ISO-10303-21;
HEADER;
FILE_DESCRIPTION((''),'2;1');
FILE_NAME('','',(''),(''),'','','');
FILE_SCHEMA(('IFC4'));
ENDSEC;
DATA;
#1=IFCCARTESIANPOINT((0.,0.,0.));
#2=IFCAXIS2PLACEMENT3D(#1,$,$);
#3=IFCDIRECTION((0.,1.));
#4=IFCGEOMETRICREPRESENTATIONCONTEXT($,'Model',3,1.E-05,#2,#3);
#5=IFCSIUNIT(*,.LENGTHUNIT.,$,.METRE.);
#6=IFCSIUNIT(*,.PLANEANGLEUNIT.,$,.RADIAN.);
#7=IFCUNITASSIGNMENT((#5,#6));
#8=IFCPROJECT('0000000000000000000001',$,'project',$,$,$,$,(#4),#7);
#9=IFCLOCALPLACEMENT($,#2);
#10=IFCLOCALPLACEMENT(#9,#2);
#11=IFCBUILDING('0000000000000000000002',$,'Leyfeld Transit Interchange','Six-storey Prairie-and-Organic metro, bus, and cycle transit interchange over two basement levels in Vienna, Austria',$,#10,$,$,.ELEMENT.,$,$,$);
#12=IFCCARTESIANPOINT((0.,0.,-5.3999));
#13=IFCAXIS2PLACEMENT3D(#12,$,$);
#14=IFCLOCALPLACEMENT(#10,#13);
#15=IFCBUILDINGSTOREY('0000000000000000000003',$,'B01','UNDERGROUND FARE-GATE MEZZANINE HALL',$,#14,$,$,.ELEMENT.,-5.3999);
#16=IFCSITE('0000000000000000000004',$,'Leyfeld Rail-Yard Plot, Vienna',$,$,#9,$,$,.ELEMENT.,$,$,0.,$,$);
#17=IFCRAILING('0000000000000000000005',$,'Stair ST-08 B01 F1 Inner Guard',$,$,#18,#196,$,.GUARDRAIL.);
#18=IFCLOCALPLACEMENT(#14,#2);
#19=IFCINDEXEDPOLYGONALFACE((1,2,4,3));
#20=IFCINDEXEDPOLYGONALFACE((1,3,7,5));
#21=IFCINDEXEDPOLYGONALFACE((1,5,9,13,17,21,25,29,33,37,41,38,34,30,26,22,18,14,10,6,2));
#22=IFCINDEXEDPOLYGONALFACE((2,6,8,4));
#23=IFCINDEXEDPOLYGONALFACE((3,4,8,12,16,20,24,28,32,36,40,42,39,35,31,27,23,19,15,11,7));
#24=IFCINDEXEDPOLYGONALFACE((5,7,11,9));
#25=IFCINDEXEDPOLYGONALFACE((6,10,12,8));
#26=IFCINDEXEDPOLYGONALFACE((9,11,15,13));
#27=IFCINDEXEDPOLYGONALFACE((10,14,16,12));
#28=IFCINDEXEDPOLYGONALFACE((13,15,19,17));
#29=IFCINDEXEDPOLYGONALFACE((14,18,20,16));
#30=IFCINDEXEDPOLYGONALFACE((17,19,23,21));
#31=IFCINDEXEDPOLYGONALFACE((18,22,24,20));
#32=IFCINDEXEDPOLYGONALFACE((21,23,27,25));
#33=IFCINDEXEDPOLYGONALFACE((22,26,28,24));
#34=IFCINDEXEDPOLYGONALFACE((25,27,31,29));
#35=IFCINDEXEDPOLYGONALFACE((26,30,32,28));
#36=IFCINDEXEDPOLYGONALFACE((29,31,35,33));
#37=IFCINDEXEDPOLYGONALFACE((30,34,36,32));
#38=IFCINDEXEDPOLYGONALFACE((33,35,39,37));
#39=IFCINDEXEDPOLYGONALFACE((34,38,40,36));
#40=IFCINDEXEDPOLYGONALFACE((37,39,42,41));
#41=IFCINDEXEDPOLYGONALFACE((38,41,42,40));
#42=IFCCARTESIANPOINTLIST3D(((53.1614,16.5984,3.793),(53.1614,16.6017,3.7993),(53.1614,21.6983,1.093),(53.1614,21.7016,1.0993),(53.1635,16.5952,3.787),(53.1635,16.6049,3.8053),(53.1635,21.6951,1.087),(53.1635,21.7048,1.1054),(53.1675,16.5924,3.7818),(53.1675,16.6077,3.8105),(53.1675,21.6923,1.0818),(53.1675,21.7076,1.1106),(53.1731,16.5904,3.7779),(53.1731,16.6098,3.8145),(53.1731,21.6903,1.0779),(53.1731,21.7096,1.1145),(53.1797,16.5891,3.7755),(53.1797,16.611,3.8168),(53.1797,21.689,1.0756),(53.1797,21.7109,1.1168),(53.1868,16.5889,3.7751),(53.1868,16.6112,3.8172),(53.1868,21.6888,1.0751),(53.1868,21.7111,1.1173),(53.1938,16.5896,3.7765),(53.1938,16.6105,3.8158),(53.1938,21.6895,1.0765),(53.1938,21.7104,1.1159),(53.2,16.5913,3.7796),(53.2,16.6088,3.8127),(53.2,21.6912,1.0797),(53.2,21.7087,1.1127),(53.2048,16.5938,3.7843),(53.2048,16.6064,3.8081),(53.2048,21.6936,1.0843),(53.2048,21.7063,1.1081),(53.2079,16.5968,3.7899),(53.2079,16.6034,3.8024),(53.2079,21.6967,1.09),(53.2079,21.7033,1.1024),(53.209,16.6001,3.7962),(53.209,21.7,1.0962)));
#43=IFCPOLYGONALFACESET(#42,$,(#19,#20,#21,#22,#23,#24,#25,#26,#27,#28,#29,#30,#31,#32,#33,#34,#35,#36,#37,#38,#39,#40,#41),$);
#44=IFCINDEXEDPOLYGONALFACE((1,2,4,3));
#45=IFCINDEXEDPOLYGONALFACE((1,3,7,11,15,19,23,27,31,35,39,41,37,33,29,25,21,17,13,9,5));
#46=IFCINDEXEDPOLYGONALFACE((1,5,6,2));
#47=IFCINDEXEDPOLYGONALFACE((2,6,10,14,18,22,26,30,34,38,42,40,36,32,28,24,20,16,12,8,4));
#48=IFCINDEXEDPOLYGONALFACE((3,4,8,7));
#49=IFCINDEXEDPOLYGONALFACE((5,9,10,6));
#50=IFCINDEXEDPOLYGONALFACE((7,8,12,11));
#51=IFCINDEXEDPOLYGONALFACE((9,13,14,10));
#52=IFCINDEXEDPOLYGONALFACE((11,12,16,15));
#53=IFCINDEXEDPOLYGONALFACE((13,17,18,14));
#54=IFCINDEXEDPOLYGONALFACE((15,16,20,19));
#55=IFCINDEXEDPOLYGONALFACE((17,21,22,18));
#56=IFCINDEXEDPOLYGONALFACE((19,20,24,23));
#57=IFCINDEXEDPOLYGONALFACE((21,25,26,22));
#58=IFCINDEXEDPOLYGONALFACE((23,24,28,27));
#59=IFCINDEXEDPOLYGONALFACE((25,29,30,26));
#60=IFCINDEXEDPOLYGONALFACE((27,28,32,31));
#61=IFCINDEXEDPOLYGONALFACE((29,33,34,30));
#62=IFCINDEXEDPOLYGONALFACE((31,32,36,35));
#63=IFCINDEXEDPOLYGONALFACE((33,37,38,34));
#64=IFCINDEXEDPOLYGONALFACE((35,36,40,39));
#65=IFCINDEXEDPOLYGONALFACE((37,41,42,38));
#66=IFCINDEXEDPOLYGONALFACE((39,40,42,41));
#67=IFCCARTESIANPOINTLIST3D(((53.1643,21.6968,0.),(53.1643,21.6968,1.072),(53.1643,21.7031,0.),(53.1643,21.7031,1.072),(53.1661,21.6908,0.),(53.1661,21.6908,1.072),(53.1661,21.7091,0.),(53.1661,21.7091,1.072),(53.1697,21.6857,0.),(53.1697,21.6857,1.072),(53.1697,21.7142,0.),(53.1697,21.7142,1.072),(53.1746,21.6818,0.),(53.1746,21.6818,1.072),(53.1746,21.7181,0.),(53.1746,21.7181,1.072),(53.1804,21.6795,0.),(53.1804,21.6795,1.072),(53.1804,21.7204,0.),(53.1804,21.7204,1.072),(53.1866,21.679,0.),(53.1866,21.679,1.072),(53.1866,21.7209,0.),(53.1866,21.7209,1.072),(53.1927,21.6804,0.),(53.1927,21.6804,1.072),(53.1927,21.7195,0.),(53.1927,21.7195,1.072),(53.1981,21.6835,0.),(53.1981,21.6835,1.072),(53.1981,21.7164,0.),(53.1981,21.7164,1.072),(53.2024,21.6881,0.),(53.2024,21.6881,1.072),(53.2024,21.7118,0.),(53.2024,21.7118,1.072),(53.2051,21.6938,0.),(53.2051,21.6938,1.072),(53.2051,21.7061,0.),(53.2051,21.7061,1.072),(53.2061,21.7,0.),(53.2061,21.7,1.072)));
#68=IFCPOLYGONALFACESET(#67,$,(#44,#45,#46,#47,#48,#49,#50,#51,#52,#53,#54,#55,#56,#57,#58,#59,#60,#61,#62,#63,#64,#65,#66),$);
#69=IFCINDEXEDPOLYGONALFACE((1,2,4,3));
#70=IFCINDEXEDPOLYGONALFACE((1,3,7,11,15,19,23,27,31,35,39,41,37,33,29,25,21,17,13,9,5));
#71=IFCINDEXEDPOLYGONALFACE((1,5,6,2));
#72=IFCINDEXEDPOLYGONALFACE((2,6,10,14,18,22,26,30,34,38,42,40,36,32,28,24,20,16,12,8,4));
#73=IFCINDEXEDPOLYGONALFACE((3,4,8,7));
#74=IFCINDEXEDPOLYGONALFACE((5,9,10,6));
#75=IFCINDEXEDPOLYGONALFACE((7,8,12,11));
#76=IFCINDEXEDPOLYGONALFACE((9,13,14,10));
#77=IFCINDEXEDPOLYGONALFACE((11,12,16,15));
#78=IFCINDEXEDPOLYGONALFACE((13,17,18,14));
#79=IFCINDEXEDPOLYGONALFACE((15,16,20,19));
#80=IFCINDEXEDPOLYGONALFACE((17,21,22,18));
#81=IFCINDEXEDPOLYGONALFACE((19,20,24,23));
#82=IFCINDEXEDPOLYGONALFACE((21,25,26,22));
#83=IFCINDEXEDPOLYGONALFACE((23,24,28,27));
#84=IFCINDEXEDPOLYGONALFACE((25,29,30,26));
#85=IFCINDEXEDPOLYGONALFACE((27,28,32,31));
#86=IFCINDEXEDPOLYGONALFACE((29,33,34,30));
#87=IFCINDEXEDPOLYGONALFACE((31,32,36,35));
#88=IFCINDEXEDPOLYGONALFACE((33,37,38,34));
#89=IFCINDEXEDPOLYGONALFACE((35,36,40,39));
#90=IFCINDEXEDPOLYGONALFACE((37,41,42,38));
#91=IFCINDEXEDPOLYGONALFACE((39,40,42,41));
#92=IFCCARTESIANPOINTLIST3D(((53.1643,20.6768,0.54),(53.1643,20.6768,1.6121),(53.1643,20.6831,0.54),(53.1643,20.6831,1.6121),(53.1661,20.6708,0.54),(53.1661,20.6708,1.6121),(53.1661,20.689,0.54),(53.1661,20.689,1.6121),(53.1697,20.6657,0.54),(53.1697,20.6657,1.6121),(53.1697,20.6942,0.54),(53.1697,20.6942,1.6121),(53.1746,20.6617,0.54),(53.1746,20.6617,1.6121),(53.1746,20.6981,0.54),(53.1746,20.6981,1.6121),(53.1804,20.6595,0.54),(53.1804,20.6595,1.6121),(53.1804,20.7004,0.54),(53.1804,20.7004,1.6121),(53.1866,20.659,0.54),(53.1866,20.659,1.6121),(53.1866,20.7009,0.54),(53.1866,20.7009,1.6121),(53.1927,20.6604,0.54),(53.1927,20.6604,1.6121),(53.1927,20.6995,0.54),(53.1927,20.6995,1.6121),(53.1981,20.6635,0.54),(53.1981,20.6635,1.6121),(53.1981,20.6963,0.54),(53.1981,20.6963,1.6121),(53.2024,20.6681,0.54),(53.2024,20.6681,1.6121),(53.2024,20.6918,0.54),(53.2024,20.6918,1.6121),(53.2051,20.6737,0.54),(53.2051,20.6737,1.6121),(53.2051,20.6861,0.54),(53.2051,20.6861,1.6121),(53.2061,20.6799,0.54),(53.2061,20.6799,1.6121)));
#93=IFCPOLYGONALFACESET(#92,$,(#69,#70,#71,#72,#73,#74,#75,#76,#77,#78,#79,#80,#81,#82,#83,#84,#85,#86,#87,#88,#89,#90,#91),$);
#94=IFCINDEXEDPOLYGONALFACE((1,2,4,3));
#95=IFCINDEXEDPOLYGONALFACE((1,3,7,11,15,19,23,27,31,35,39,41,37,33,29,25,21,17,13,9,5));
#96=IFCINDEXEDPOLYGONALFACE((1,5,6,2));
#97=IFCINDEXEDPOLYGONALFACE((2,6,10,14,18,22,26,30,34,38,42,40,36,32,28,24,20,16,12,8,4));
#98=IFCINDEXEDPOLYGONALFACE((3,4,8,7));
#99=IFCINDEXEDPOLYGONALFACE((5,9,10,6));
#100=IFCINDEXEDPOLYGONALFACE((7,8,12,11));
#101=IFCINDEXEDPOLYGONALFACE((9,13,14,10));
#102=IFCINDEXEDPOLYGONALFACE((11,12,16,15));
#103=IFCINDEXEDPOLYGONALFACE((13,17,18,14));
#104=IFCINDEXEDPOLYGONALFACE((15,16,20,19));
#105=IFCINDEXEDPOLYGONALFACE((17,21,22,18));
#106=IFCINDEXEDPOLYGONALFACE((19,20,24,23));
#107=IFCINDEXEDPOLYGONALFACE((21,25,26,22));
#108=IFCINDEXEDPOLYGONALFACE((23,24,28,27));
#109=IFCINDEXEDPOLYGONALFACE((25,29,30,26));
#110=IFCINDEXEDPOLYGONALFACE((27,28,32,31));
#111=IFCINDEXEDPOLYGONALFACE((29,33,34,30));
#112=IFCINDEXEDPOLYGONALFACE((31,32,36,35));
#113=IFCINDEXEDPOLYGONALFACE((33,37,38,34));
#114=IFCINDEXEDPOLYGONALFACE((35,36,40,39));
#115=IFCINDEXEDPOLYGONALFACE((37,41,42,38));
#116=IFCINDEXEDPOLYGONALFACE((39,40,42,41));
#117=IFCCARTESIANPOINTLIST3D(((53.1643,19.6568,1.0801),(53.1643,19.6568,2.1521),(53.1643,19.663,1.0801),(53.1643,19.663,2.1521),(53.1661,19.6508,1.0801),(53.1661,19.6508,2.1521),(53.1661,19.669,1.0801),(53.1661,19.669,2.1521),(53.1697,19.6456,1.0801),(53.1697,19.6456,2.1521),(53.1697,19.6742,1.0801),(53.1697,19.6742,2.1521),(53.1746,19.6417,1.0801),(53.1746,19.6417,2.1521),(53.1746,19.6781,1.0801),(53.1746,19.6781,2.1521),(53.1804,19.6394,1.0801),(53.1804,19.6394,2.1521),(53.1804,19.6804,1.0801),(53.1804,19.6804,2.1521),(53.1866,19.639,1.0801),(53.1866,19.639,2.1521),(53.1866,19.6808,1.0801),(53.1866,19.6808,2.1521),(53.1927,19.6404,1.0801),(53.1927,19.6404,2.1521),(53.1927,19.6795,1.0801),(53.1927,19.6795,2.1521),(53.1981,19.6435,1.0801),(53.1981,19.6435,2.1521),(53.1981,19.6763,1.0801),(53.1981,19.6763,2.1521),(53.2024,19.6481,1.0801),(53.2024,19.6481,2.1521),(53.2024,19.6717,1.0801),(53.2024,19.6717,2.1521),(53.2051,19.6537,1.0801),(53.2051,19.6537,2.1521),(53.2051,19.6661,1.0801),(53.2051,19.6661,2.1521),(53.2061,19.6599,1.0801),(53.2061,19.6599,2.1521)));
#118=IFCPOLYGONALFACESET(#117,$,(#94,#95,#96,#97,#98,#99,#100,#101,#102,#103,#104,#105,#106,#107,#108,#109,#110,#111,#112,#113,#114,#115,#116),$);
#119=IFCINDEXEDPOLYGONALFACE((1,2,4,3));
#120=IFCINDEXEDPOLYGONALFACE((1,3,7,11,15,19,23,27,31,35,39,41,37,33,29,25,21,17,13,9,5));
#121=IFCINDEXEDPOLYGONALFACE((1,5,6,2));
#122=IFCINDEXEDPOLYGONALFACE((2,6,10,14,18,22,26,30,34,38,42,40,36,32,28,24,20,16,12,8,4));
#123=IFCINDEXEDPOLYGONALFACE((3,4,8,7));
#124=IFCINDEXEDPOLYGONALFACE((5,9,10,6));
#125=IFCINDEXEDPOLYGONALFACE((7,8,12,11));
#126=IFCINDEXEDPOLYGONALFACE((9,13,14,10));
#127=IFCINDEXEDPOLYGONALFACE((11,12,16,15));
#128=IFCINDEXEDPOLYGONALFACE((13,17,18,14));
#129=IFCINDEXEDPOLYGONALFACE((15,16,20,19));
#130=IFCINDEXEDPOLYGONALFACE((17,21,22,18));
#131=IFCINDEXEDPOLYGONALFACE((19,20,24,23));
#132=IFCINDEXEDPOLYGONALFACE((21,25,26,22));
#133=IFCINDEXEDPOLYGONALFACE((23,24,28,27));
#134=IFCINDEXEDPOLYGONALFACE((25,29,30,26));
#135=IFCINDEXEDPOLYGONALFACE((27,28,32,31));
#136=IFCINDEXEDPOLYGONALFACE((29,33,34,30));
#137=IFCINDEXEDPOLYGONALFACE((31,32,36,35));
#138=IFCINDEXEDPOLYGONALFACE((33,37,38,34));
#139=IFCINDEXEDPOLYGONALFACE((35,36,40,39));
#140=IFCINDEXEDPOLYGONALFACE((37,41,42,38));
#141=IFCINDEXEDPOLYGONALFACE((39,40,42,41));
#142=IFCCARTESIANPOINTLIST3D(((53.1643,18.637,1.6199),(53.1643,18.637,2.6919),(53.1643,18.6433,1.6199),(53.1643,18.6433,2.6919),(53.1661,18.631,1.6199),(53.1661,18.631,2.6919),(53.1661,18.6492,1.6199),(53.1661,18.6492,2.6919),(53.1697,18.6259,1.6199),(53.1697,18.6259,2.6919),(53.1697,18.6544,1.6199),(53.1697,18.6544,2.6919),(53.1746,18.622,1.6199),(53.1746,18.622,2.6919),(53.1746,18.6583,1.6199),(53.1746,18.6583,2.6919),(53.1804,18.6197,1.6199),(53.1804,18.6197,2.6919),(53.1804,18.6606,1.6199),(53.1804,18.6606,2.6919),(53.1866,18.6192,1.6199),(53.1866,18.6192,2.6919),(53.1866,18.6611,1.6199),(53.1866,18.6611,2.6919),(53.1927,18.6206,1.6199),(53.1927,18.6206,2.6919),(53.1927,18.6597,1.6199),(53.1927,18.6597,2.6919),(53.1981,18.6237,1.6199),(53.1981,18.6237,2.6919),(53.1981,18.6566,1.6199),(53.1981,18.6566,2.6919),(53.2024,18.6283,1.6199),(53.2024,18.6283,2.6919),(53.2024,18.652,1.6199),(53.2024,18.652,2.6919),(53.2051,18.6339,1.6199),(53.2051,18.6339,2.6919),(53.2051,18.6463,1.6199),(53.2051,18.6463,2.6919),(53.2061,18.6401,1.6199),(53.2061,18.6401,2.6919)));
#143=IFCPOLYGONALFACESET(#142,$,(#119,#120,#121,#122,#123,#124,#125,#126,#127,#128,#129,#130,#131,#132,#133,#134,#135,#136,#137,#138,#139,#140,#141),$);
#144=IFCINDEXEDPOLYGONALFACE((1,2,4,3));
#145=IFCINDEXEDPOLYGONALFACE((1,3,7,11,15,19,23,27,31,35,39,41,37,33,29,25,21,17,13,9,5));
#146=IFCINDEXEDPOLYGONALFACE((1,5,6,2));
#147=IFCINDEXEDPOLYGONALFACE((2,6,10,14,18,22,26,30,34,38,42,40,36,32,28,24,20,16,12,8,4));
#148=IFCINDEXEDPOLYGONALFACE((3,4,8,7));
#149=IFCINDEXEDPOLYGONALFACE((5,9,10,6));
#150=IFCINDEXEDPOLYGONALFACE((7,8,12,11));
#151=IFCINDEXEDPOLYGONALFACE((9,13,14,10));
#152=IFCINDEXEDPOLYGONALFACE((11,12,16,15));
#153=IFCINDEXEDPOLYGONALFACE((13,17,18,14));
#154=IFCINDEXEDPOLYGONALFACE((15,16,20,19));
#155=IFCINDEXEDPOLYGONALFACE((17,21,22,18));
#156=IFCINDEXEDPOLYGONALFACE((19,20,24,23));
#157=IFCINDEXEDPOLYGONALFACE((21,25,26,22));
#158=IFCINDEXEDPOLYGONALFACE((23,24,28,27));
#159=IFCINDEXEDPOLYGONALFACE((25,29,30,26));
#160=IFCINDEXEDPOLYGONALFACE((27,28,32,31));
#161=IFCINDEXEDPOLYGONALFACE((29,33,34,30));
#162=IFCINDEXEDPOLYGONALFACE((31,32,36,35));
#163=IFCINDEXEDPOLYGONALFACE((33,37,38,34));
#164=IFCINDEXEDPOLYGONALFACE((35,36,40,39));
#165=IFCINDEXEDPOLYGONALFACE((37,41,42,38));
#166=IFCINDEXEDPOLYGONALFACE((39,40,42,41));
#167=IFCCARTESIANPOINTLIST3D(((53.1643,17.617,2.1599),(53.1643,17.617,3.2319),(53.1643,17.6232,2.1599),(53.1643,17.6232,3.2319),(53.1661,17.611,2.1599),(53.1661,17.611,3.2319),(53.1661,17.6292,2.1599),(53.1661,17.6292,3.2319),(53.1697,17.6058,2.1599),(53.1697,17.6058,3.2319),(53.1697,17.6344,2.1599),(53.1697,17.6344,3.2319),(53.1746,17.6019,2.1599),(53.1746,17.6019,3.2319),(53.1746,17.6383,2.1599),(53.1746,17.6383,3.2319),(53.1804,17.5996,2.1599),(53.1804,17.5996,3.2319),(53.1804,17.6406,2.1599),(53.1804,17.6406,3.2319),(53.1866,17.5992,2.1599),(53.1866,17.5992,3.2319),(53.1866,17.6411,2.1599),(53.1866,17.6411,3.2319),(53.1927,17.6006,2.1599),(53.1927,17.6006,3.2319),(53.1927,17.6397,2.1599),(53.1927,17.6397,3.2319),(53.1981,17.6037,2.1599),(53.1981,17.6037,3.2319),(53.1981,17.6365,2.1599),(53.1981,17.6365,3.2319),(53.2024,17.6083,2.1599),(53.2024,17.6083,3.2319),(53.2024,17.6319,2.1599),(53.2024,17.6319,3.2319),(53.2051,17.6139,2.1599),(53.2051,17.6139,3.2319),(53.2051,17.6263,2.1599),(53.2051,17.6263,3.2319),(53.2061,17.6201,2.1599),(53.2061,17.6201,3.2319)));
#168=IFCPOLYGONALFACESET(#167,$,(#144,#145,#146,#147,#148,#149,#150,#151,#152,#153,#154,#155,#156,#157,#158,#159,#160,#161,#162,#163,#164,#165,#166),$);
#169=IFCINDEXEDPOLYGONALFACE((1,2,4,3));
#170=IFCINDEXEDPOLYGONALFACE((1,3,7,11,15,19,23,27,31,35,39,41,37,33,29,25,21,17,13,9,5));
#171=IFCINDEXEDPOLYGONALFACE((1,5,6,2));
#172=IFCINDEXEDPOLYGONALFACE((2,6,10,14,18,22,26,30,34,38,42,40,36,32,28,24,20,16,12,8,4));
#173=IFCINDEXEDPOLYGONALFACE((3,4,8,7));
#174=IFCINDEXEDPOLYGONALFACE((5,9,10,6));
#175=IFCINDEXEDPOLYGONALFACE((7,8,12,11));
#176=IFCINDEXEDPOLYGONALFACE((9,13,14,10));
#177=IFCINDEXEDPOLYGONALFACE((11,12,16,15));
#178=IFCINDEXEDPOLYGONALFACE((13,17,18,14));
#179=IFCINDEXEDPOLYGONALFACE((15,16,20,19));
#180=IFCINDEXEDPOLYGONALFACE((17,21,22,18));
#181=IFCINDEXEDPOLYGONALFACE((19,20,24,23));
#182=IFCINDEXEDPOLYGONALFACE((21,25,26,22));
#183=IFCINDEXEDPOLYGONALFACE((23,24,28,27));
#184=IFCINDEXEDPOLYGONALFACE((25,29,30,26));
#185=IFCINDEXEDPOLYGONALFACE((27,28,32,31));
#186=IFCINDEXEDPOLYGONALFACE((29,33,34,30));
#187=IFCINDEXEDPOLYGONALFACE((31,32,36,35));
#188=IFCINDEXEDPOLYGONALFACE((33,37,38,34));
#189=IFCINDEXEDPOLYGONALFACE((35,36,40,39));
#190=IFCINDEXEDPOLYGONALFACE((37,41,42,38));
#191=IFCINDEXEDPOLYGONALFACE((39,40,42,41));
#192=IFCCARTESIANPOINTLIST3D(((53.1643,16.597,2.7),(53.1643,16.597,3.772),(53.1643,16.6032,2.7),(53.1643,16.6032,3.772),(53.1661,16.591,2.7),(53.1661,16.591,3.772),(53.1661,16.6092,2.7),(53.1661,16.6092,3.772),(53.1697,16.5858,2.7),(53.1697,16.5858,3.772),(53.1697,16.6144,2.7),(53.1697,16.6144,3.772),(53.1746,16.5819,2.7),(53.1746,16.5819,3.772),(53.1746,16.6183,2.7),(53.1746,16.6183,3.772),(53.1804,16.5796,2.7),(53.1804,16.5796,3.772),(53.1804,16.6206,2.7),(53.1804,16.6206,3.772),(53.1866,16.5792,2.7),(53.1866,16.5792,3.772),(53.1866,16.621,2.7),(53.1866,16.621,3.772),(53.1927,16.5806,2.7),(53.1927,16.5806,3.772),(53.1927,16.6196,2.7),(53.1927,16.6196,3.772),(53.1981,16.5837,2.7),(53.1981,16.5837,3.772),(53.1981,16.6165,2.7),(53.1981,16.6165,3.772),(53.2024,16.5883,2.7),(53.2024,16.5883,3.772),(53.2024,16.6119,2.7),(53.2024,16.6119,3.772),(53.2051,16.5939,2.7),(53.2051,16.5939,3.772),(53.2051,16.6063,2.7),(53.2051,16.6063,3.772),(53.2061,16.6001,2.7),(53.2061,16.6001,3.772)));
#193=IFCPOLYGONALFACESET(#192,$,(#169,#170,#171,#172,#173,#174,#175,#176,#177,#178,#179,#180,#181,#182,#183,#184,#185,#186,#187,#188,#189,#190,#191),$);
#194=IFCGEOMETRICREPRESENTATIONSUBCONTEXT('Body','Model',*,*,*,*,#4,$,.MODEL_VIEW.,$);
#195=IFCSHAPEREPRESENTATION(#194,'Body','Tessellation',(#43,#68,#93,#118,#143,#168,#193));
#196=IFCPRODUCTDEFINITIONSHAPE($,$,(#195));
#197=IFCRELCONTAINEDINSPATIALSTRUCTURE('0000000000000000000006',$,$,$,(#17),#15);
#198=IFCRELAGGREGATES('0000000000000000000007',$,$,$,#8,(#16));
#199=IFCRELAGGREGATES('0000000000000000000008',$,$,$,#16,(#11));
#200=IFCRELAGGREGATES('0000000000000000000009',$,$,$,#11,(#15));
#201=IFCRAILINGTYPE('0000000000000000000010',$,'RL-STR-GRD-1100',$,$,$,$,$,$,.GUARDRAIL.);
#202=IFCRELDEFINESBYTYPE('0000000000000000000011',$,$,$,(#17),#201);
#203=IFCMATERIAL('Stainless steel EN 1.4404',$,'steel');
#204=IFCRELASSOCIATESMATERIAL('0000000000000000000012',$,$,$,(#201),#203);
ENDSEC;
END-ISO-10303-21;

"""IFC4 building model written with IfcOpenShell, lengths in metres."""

from ifc_helpers import new_model, si_unit, direction, frame, origin, origin_2d, place, context, subcontext, project, spatial, circle, extrude, material, type_object, element, save


model = new_model("IFC4")

# Units and contexts
model_context = context("Model", 3, precision=1e-05, world=origin(), true_north=direction((0.0, 1.0)))
body_context = subcontext(model_context, "Body", "Model", "MODEL_VIEW")
ifc_project = project(units=[si_unit("LENGTHUNIT", "METRE"), si_unit("PLANEANGLEUNIT", "RADIAN")], contexts=[model_context])

# Site, building, storey
site_placement = place(None, origin())
site = spatial("IfcSite", under=ifc_project, at=site_placement, Name="Leyfeld Rail-Yard Plot, Vienna", CompositionType="ELEMENT", RefElevation=0.0)
building_placement = place(site_placement, origin())
building = spatial("IfcBuilding", under=site, at=building_placement, Name="Leyfeld Transit Interchange", Description="Six-storey Prairie-and-Organic metro, bus, and cycle transit interchange over two basement levels in Vienna, Austria", CompositionType="ELEMENT")
storey_placement = place(building_placement, frame((0.0, 0.0, -5.3999)))
storey = spatial("IfcBuildingStorey", under=building, at=storey_placement, Name="B01", Description="UNDERGROUND FARE-GATE MEZZANINE HALL", CompositionType="ELEMENT", Elevation=-5.3999)

# Railing
ifc_material_1 = material(Name="Stainless steel EN 1.4404", Category="steel")
railing_type_1 = type_object("IfcRailingType", Name="RL-STR-GRD-1100", PredefinedType="GUARDRAIL", material=ifc_material_1)
for number, where, name in (
    (1, (53.1851, 21.7, 0.0), "Stair ST-08 B01 F1 Inner Guard"),
):
    element("IfcRailing", number, at=place(storey_placement, frame(where)), inside=storey, type_object=railing_type_1, Name=name, PredefinedType="GUARDRAIL", context=body_context, shape_type="SweptSolid", body=[
        extrude(circle(Radius=0.0239, at=origin_2d()), frame((0.0, 0.0, 1.0962), z_axis=(0.0, -0.883786, 0.467892), x_axis=(1.0, 0.0, 0.0)), (0.0, 0.0, 1.0), 5.7705),
        extrude(circle(Radius=0.021, at=origin_2d()), origin(), (0.0, 0.0, 1.0), 1.072),
        extrude(circle(Radius=0.021, at=origin_2d()), frame((0.0, -1.02, 0.54)), (0.0, 0.0, 1.0), 1.072),
        extrude(circle(Radius=0.021, at=origin_2d()), frame((0.0, -2.04, 1.0801)), (0.0, 0.0, 1.0), 1.072),
        extrude(circle(Radius=0.021, at=origin_2d()), frame((0.0, -3.0598, 1.6199)), (0.0, 0.0, 1.0), 1.072),
        extrude(circle(Radius=0.021, at=origin_2d()), frame((0.0, -4.0798, 2.1599)), (0.0, 0.0, 1.0), 1.072),
        extrude(circle(Radius=0.021, at=origin_2d()), frame((0.0, -5.0999, 2.7)), (0.0, 0.0, 1.0), 1.072),
    ])

save(model, "model.ifc")
